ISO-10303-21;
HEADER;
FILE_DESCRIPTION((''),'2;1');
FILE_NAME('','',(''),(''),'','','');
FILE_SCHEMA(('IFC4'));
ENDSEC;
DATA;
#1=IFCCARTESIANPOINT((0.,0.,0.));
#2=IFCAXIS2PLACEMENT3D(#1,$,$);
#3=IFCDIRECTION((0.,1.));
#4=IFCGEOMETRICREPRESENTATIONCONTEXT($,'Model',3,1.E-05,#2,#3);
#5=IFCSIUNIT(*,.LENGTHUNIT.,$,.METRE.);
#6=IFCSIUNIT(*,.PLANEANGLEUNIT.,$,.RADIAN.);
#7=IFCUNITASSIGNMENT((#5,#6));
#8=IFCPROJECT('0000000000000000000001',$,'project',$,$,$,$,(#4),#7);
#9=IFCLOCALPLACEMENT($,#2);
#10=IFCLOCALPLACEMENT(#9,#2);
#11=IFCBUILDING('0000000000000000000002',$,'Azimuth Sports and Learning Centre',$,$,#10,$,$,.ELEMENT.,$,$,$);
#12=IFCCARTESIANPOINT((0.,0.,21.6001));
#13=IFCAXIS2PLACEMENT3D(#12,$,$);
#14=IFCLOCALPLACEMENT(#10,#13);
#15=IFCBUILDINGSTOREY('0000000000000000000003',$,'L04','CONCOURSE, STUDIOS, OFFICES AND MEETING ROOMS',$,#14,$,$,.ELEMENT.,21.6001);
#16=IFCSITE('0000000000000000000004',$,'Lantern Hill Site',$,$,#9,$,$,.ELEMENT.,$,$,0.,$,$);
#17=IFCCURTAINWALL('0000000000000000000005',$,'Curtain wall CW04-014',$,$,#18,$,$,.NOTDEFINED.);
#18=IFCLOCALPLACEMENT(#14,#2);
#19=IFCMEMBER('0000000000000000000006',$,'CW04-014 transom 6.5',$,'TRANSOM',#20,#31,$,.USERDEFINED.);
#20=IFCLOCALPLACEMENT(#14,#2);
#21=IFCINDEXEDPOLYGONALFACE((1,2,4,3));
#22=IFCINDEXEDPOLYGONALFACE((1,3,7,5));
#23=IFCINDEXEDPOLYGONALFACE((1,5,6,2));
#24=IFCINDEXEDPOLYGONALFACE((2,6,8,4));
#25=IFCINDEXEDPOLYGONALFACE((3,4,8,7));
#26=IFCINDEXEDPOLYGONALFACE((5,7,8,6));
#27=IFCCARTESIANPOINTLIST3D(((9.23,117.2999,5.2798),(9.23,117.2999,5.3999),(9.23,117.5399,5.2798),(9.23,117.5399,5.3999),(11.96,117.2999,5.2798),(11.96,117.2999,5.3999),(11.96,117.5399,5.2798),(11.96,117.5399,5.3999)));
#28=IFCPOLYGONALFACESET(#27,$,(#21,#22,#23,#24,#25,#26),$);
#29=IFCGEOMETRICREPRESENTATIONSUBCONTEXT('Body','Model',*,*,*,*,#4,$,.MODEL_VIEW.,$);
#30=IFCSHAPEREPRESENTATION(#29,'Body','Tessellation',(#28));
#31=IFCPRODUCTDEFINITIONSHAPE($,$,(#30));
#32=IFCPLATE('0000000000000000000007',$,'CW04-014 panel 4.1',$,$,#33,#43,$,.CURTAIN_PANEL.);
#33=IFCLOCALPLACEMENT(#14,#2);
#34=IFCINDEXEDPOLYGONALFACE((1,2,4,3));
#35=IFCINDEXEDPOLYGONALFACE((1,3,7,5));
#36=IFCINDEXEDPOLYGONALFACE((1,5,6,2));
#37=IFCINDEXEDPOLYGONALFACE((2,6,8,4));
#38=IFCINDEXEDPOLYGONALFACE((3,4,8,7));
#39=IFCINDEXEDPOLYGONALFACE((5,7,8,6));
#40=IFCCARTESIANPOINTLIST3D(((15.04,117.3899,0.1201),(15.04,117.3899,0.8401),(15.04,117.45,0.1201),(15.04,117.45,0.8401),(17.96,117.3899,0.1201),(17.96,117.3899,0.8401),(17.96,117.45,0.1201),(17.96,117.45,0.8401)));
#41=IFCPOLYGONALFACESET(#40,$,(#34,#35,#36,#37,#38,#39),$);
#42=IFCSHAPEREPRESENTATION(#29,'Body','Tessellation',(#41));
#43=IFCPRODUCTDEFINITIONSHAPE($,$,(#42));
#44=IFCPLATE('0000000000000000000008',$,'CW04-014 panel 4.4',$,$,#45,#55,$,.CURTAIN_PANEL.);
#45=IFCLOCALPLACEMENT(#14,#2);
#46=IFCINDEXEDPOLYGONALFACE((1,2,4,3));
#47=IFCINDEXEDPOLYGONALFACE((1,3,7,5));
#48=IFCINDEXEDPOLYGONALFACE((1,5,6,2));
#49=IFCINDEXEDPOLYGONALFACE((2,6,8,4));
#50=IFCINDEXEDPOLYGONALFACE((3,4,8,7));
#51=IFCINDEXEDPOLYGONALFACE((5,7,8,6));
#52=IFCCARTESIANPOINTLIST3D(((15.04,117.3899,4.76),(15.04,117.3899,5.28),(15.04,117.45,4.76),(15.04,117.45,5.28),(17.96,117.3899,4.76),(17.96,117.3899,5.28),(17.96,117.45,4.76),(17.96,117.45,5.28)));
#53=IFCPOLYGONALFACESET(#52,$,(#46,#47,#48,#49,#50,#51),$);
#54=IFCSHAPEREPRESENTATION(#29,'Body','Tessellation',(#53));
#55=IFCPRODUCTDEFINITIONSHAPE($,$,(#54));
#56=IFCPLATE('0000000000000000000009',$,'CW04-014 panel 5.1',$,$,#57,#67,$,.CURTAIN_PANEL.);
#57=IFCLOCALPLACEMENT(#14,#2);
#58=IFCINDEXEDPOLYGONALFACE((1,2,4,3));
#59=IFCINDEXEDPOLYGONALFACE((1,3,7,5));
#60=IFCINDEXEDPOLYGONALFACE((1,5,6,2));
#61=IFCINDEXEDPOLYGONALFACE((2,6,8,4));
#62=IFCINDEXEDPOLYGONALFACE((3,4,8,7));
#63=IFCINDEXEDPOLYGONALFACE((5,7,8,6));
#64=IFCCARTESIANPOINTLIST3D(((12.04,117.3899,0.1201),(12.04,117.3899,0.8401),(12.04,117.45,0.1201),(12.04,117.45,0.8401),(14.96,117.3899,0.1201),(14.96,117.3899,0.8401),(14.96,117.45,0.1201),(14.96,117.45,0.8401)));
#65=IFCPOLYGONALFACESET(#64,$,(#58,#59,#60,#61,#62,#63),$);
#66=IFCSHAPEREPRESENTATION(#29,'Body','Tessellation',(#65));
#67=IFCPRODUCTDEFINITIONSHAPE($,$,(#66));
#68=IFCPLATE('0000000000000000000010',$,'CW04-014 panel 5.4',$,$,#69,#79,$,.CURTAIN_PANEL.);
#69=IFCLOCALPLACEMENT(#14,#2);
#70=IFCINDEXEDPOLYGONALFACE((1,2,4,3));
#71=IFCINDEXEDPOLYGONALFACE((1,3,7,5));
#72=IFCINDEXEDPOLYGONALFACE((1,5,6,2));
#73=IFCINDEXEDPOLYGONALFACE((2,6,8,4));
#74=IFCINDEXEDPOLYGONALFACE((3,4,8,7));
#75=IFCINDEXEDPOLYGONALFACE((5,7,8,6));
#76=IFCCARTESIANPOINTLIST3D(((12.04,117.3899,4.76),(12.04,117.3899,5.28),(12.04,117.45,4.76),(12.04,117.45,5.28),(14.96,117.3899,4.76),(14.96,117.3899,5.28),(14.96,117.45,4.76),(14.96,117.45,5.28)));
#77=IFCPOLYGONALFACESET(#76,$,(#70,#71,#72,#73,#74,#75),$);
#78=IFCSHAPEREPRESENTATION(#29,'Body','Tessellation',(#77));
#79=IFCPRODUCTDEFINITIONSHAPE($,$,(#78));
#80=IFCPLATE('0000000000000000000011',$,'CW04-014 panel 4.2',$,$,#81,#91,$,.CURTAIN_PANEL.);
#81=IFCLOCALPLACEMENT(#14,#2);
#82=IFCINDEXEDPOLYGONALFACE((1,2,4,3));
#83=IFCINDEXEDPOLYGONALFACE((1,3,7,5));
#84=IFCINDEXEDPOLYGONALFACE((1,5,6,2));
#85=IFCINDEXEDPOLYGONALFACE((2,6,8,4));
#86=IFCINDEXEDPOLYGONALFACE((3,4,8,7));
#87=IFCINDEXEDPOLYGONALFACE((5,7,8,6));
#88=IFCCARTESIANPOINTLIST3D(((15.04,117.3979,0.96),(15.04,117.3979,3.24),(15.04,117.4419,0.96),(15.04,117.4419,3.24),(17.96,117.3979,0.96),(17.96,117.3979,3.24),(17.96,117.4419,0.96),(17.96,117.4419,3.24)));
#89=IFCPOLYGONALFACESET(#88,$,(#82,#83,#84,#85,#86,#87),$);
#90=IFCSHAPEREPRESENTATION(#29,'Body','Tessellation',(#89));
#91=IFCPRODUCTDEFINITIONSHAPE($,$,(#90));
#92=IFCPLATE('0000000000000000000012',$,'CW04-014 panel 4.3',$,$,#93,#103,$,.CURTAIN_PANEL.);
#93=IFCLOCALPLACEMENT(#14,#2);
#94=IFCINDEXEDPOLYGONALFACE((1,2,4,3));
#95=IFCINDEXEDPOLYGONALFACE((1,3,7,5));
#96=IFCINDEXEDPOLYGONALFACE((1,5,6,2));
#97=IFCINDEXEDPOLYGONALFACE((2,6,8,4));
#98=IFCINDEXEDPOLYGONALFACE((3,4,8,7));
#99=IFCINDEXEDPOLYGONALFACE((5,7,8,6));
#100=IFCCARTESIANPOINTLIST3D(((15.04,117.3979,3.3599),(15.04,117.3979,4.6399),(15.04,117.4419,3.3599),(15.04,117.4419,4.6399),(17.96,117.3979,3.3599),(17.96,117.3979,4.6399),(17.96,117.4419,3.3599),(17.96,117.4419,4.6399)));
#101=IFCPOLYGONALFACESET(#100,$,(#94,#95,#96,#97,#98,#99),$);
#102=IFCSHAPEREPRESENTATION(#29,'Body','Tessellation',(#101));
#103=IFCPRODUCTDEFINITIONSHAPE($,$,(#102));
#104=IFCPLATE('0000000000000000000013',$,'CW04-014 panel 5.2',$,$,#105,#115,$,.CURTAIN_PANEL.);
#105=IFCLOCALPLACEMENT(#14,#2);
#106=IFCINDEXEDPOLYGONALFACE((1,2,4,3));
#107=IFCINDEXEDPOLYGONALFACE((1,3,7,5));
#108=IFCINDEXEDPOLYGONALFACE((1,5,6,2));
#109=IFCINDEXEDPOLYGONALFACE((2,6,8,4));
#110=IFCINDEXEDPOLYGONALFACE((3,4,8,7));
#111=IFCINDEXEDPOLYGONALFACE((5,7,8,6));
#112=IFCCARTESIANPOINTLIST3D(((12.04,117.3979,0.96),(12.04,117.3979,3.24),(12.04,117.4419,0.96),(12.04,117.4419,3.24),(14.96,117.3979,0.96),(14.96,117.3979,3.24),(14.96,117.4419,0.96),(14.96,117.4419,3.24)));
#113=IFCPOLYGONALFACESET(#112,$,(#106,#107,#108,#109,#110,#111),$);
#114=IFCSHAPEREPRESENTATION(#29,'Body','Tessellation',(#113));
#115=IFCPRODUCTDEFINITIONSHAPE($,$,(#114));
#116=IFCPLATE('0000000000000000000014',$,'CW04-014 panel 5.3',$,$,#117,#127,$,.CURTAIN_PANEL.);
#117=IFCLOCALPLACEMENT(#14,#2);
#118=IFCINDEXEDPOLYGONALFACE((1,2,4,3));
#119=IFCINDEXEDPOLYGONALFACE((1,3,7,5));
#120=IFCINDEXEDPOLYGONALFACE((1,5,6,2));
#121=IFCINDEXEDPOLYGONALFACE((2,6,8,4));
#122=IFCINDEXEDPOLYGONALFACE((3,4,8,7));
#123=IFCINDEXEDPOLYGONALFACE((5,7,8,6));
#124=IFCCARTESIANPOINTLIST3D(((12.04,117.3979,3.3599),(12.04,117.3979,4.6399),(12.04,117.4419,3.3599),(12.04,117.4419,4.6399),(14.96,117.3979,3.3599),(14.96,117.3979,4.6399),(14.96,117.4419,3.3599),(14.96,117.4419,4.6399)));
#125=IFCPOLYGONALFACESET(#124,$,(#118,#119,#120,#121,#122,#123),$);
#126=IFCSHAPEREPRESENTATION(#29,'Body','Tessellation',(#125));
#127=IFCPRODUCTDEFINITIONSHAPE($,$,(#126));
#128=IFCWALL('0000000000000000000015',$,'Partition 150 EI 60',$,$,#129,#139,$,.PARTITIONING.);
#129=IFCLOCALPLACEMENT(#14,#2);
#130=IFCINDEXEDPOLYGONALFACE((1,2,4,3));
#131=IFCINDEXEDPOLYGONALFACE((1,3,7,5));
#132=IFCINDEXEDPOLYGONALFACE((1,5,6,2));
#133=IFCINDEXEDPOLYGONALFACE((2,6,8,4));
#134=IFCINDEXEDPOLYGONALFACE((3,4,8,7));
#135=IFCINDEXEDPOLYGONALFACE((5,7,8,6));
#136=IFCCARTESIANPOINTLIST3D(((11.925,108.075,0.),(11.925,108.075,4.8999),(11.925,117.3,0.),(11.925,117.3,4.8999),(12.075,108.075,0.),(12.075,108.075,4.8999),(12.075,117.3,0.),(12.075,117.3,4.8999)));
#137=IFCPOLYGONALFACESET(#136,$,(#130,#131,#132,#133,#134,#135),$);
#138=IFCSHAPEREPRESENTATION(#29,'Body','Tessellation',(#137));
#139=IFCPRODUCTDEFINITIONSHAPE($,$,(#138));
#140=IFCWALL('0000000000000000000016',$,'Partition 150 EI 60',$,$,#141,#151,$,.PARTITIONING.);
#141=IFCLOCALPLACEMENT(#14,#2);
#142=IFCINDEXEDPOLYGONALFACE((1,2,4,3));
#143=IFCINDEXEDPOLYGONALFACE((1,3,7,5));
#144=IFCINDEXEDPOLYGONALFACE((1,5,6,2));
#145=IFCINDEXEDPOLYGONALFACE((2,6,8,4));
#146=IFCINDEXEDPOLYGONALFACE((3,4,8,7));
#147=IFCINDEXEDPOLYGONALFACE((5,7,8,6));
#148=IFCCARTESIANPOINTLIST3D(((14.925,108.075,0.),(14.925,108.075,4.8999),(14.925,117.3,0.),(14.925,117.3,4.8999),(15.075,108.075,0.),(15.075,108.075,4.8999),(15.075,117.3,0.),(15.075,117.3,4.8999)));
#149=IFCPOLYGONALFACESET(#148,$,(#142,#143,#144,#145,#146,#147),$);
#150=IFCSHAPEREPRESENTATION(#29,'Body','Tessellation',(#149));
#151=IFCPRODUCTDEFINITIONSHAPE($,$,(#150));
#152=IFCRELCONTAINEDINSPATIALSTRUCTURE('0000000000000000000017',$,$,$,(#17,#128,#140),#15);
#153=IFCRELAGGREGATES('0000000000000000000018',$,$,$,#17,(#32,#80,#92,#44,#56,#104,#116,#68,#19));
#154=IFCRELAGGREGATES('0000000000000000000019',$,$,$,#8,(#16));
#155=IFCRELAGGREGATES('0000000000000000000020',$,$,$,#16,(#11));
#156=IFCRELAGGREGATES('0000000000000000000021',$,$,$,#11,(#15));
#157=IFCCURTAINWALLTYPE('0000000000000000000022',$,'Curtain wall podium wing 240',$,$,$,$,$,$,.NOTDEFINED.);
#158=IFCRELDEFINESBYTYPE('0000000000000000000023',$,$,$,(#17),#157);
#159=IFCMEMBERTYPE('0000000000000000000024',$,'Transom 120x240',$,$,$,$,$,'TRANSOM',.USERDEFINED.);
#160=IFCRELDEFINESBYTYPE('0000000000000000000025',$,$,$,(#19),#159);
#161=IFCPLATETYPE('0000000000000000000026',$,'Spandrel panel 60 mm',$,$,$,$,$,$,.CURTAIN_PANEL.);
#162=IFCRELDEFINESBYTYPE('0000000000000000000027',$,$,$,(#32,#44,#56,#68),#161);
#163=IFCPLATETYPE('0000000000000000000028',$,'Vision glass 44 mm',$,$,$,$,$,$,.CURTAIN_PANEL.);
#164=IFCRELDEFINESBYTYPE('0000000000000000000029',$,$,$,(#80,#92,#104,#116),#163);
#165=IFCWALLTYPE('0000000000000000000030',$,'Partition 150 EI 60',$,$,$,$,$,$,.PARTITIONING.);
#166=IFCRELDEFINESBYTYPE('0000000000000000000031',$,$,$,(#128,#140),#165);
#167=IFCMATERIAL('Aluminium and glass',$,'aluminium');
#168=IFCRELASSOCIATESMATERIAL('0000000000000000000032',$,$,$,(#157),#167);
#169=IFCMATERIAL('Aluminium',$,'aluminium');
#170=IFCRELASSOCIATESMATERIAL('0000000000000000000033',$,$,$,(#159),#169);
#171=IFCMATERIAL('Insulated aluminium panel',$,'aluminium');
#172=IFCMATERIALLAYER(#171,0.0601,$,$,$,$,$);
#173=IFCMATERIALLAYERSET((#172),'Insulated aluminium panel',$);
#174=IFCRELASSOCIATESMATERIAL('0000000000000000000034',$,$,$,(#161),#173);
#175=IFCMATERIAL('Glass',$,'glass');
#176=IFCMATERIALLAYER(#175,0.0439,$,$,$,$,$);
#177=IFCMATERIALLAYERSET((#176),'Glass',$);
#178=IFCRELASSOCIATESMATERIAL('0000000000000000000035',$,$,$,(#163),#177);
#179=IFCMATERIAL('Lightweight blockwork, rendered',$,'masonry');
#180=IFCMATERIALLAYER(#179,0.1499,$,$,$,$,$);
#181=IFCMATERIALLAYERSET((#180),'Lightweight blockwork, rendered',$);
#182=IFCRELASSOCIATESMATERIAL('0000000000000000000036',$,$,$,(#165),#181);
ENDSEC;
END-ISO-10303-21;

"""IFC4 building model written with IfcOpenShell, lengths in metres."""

from ifc_helpers import new_model, si_unit, direction, frame, frame_2d, origin, origin_2d, place, context, subcontext, project, spatial, rectangle, extrude, material, layer, layer_set, material_profile, profile_set, type_object, element, aggregate, save


model = new_model("IFC4")

# Units and contexts
model_context = context("Model", 3, precision=1e-05, world=origin(), true_north=direction((0.0, 1.0)))
body_context = subcontext(model_context, "Body", "Model", "MODEL_VIEW")
ifc_project = project(units=[si_unit("LENGTHUNIT", "METRE"), si_unit("PLANEANGLEUNIT", "RADIAN")], contexts=[model_context])

# Site, building, storey
site_placement = place(None, origin())
site = spatial("IfcSite", under=ifc_project, at=site_placement, Name="Lantern Hill Site", CompositionType="ELEMENT", RefElevation=0.0)
building_placement = place(site_placement, origin())
building = spatial("IfcBuilding", under=site, at=building_placement, Name="Azimuth Sports and Learning Centre", CompositionType="ELEMENT")
storey_placement = place(building_placement, frame((0.0, 0.0, 21.6001)))
storey = spatial("IfcBuildingStorey", under=building, at=storey_placement, Name="L04", Description="CONCOURSE, STUDIOS, OFFICES AND MEETING ROOMS", CompositionType="ELEMENT", Elevation=21.6001)

# Curtain wall, member, plates
ifc_material_1 = material(Name="Aluminium and glass", Category="aluminium")
curtain_wall_type = type_object("IfcCurtainWallType", Name="Curtain wall podium wing 240", PredefinedType="NOTDEFINED", material=ifc_material_1)
curtain_wall_placement = place(storey_placement, origin())
curtain_wall = element("IfcCurtainWall", 1, at=curtain_wall_placement, inside=storey, type_object=curtain_wall_type, Name="Curtain wall CW04-014", PredefinedType="NOTDEFINED")
ifc_material_2 = material(Name="Aluminium", Category="aluminium")
ifc_material_profile_1 = material_profile(ifc_material_2, rectangle(XDim=0.24, YDim=0.1201, at=origin_2d()), Name="Transom 120x240")
ifc_profile_set_1 = profile_set([ifc_material_profile_1], Name="Aluminium")
member_type_1 = type_object("IfcMemberType", Name="Transom 120x240", ElementType="TRANSOM", PredefinedType="USERDEFINED", material=ifc_profile_set_1)
member_1_placement = place(storey_placement, frame((11.96, 117.4199, 5.3398), z_axis=(-1.0, 0.0, 0.0), x_axis=(0.0, -1.0, 0.0)))
member_1 = element("IfcMember", 2, at=member_1_placement, type_object=member_type_1, Name="CW04-014 transom 6.5", ObjectType="TRANSOM", PredefinedType="USERDEFINED", context=body_context, shape_type="SweptSolid", body=[
    extrude(rectangle(XDim=0.24, YDim=0.1201, at=origin_2d()), origin(), (0.0, 0.0, 1.0), 2.73),
])
ifc_material_3 = material(Name="Insulated aluminium panel", Category="aluminium")
ifc_layer_1 = layer(ifc_material_3, 0.0601)
ifc_layer_set_1 = layer_set([ifc_layer_1], Name="Insulated aluminium panel")
plate_type_1 = type_object("IfcPlateType", Name="Spandrel panel 60 mm", PredefinedType="CURTAIN_PANEL", material=ifc_layer_set_1)
plate_1_placement = place(storey_placement, frame((16.5, 117.4199, 0.1201), z_axis=(0.0, 0.0, 1.0), x_axis=(-1.0, 0.0, 0.0)))
plate_1 = element("IfcPlate", 3, at=plate_1_placement, type_object=plate_type_1, Name="CW04-014 panel 4.1", PredefinedType="CURTAIN_PANEL", context=body_context, shape_type="SweptSolid", body=[
    extrude(rectangle(XDim=2.9199, YDim=0.0601, at=origin_2d()), origin(), (0.0, 0.0, 1.0), 0.72),
])
plate_2_placement = place(storey_placement, frame((16.5, 117.4199, 4.76), z_axis=(0.0, 0.0, 1.0), x_axis=(-1.0, 0.0, 0.0)))
plate_2 = element("IfcPlate", 4, at=plate_2_placement, type_object=plate_type_1, Name="CW04-014 panel 4.4", PredefinedType="CURTAIN_PANEL", context=body_context, shape_type="SweptSolid", body=[
    extrude(rectangle(XDim=2.9199, YDim=0.0601, at=origin_2d()), origin(), (0.0, 0.0, 1.0), 0.52),
])
plate_3_placement = place(storey_placement, frame((13.5, 117.4199, 0.1201), z_axis=(0.0, 0.0, 1.0), x_axis=(-1.0, 0.0, 0.0)))
plate_3 = element("IfcPlate", 5, at=plate_3_placement, type_object=plate_type_1, Name="CW04-014 panel 5.1", PredefinedType="CURTAIN_PANEL", context=body_context, shape_type="SweptSolid", body=[
    extrude(rectangle(XDim=2.9199, YDim=0.0601, at=origin_2d()), origin(), (0.0, 0.0, 1.0), 0.72),
])
plate_4_placement = place(storey_placement, frame((13.5, 117.4199, 4.76), z_axis=(0.0, 0.0, 1.0), x_axis=(-1.0, 0.0, 0.0)))
plate_4 = element("IfcPlate", 6, at=plate_4_placement, type_object=plate_type_1, Name="CW04-014 panel 5.4", PredefinedType="CURTAIN_PANEL", context=body_context, shape_type="SweptSolid", body=[
    extrude(rectangle(XDim=2.9199, YDim=0.0601, at=origin_2d()), origin(), (0.0, 0.0, 1.0), 0.52),
])
ifc_material_4 = material(Name="Glass", Category="glass")
ifc_layer_2 = layer(ifc_material_4, 0.0439)
ifc_layer_set_2 = layer_set([ifc_layer_2], Name="Glass")
plate_type_2 = type_object("IfcPlateType", Name="Vision glass 44 mm", PredefinedType="CURTAIN_PANEL", material=ifc_layer_set_2)
plate_5_placement = place(storey_placement, frame((16.5, 117.4199, 0.96), z_axis=(0.0, 0.0, 1.0), x_axis=(-1.0, 0.0, 0.0)))
plate_5 = element("IfcPlate", 7, at=plate_5_placement, type_object=plate_type_2, Name="CW04-014 panel 4.2", PredefinedType="CURTAIN_PANEL", context=body_context, shape_type="SweptSolid", body=[
    extrude(rectangle(XDim=2.9199, YDim=0.0439, at=origin_2d()), origin(), (0.0, 0.0, 1.0), 2.28),
])
plate_6_placement = place(storey_placement, frame((16.5, 117.4199, 3.3599), z_axis=(0.0, 0.0, 1.0), x_axis=(-1.0, 0.0, 0.0)))
plate_6 = element("IfcPlate", 8, at=plate_6_placement, type_object=plate_type_2, Name="CW04-014 panel 4.3", PredefinedType="CURTAIN_PANEL", context=body_context, shape_type="SweptSolid", body=[
    extrude(rectangle(XDim=2.9199, YDim=0.0439, at=origin_2d()), origin(), (0.0, 0.0, 1.0), 1.28),
])
plate_7_placement = place(storey_placement, frame((13.5, 117.4199, 0.96), z_axis=(0.0, 0.0, 1.0), x_axis=(-1.0, 0.0, 0.0)))
plate_7 = element("IfcPlate", 9, at=plate_7_placement, type_object=plate_type_2, Name="CW04-014 panel 5.2", PredefinedType="CURTAIN_PANEL", context=body_context, shape_type="SweptSolid", body=[
    extrude(rectangle(XDim=2.9199, YDim=0.0439, at=origin_2d()), origin(), (0.0, 0.0, 1.0), 2.28),
])
plate_8_placement = place(storey_placement, frame((13.5, 117.4199, 3.3599), z_axis=(0.0, 0.0, 1.0), x_axis=(-1.0, 0.0, 0.0)))
plate_8 = element("IfcPlate", 10, at=plate_8_placement, type_object=plate_type_2, Name="CW04-014 panel 5.3", PredefinedType="CURTAIN_PANEL", context=body_context, shape_type="SweptSolid", body=[
    extrude(rectangle(XDim=2.9199, YDim=0.0439, at=origin_2d()), origin(), (0.0, 0.0, 1.0), 1.28),
])
aggregate(curtain_wall, [plate_1, plate_5, plate_6, plate_2, plate_3, plate_7, plate_8, plate_4, member_1])

# Walls
ifc_material_5 = material(Name="Lightweight blockwork, rendered", Category="masonry")
ifc_layer_3 = layer(ifc_material_5, 0.1499)
ifc_layer_set_3 = layer_set([ifc_layer_3], Name="Lightweight blockwork, rendered")
wall_type = type_object("IfcWallType", Name="Partition 150 EI 60", PredefinedType="PARTITIONING", material=ifc_layer_set_3)
for number, where, z_axis, x_axis, name in (
    (11, (12.0, 108.075, 0.0), (0.0, 0.0, 1.0), (0.0, 1.0, 0.0), "Partition 150 EI 60"),
    (12, (15.0, 108.075, 0.0), (0.0, 0.0, 1.0), (0.0, 1.0, 0.0), "Partition 150 EI 60"),
):
    element("IfcWall", number, at=place(storey_placement, frame(where, z_axis=z_axis, x_axis=x_axis)), inside=storey, type_object=wall_type, Name=name, PredefinedType="PARTITIONING", context=body_context, shape_type="SweptSolid", body=[
        extrude(rectangle(XDim=9.2251, YDim=0.1499, at=frame_2d((4.6125, 0.0))), origin(), (0.0, 0.0, 1.0), 4.8999),
    ])

save(model, "model.ifc")
